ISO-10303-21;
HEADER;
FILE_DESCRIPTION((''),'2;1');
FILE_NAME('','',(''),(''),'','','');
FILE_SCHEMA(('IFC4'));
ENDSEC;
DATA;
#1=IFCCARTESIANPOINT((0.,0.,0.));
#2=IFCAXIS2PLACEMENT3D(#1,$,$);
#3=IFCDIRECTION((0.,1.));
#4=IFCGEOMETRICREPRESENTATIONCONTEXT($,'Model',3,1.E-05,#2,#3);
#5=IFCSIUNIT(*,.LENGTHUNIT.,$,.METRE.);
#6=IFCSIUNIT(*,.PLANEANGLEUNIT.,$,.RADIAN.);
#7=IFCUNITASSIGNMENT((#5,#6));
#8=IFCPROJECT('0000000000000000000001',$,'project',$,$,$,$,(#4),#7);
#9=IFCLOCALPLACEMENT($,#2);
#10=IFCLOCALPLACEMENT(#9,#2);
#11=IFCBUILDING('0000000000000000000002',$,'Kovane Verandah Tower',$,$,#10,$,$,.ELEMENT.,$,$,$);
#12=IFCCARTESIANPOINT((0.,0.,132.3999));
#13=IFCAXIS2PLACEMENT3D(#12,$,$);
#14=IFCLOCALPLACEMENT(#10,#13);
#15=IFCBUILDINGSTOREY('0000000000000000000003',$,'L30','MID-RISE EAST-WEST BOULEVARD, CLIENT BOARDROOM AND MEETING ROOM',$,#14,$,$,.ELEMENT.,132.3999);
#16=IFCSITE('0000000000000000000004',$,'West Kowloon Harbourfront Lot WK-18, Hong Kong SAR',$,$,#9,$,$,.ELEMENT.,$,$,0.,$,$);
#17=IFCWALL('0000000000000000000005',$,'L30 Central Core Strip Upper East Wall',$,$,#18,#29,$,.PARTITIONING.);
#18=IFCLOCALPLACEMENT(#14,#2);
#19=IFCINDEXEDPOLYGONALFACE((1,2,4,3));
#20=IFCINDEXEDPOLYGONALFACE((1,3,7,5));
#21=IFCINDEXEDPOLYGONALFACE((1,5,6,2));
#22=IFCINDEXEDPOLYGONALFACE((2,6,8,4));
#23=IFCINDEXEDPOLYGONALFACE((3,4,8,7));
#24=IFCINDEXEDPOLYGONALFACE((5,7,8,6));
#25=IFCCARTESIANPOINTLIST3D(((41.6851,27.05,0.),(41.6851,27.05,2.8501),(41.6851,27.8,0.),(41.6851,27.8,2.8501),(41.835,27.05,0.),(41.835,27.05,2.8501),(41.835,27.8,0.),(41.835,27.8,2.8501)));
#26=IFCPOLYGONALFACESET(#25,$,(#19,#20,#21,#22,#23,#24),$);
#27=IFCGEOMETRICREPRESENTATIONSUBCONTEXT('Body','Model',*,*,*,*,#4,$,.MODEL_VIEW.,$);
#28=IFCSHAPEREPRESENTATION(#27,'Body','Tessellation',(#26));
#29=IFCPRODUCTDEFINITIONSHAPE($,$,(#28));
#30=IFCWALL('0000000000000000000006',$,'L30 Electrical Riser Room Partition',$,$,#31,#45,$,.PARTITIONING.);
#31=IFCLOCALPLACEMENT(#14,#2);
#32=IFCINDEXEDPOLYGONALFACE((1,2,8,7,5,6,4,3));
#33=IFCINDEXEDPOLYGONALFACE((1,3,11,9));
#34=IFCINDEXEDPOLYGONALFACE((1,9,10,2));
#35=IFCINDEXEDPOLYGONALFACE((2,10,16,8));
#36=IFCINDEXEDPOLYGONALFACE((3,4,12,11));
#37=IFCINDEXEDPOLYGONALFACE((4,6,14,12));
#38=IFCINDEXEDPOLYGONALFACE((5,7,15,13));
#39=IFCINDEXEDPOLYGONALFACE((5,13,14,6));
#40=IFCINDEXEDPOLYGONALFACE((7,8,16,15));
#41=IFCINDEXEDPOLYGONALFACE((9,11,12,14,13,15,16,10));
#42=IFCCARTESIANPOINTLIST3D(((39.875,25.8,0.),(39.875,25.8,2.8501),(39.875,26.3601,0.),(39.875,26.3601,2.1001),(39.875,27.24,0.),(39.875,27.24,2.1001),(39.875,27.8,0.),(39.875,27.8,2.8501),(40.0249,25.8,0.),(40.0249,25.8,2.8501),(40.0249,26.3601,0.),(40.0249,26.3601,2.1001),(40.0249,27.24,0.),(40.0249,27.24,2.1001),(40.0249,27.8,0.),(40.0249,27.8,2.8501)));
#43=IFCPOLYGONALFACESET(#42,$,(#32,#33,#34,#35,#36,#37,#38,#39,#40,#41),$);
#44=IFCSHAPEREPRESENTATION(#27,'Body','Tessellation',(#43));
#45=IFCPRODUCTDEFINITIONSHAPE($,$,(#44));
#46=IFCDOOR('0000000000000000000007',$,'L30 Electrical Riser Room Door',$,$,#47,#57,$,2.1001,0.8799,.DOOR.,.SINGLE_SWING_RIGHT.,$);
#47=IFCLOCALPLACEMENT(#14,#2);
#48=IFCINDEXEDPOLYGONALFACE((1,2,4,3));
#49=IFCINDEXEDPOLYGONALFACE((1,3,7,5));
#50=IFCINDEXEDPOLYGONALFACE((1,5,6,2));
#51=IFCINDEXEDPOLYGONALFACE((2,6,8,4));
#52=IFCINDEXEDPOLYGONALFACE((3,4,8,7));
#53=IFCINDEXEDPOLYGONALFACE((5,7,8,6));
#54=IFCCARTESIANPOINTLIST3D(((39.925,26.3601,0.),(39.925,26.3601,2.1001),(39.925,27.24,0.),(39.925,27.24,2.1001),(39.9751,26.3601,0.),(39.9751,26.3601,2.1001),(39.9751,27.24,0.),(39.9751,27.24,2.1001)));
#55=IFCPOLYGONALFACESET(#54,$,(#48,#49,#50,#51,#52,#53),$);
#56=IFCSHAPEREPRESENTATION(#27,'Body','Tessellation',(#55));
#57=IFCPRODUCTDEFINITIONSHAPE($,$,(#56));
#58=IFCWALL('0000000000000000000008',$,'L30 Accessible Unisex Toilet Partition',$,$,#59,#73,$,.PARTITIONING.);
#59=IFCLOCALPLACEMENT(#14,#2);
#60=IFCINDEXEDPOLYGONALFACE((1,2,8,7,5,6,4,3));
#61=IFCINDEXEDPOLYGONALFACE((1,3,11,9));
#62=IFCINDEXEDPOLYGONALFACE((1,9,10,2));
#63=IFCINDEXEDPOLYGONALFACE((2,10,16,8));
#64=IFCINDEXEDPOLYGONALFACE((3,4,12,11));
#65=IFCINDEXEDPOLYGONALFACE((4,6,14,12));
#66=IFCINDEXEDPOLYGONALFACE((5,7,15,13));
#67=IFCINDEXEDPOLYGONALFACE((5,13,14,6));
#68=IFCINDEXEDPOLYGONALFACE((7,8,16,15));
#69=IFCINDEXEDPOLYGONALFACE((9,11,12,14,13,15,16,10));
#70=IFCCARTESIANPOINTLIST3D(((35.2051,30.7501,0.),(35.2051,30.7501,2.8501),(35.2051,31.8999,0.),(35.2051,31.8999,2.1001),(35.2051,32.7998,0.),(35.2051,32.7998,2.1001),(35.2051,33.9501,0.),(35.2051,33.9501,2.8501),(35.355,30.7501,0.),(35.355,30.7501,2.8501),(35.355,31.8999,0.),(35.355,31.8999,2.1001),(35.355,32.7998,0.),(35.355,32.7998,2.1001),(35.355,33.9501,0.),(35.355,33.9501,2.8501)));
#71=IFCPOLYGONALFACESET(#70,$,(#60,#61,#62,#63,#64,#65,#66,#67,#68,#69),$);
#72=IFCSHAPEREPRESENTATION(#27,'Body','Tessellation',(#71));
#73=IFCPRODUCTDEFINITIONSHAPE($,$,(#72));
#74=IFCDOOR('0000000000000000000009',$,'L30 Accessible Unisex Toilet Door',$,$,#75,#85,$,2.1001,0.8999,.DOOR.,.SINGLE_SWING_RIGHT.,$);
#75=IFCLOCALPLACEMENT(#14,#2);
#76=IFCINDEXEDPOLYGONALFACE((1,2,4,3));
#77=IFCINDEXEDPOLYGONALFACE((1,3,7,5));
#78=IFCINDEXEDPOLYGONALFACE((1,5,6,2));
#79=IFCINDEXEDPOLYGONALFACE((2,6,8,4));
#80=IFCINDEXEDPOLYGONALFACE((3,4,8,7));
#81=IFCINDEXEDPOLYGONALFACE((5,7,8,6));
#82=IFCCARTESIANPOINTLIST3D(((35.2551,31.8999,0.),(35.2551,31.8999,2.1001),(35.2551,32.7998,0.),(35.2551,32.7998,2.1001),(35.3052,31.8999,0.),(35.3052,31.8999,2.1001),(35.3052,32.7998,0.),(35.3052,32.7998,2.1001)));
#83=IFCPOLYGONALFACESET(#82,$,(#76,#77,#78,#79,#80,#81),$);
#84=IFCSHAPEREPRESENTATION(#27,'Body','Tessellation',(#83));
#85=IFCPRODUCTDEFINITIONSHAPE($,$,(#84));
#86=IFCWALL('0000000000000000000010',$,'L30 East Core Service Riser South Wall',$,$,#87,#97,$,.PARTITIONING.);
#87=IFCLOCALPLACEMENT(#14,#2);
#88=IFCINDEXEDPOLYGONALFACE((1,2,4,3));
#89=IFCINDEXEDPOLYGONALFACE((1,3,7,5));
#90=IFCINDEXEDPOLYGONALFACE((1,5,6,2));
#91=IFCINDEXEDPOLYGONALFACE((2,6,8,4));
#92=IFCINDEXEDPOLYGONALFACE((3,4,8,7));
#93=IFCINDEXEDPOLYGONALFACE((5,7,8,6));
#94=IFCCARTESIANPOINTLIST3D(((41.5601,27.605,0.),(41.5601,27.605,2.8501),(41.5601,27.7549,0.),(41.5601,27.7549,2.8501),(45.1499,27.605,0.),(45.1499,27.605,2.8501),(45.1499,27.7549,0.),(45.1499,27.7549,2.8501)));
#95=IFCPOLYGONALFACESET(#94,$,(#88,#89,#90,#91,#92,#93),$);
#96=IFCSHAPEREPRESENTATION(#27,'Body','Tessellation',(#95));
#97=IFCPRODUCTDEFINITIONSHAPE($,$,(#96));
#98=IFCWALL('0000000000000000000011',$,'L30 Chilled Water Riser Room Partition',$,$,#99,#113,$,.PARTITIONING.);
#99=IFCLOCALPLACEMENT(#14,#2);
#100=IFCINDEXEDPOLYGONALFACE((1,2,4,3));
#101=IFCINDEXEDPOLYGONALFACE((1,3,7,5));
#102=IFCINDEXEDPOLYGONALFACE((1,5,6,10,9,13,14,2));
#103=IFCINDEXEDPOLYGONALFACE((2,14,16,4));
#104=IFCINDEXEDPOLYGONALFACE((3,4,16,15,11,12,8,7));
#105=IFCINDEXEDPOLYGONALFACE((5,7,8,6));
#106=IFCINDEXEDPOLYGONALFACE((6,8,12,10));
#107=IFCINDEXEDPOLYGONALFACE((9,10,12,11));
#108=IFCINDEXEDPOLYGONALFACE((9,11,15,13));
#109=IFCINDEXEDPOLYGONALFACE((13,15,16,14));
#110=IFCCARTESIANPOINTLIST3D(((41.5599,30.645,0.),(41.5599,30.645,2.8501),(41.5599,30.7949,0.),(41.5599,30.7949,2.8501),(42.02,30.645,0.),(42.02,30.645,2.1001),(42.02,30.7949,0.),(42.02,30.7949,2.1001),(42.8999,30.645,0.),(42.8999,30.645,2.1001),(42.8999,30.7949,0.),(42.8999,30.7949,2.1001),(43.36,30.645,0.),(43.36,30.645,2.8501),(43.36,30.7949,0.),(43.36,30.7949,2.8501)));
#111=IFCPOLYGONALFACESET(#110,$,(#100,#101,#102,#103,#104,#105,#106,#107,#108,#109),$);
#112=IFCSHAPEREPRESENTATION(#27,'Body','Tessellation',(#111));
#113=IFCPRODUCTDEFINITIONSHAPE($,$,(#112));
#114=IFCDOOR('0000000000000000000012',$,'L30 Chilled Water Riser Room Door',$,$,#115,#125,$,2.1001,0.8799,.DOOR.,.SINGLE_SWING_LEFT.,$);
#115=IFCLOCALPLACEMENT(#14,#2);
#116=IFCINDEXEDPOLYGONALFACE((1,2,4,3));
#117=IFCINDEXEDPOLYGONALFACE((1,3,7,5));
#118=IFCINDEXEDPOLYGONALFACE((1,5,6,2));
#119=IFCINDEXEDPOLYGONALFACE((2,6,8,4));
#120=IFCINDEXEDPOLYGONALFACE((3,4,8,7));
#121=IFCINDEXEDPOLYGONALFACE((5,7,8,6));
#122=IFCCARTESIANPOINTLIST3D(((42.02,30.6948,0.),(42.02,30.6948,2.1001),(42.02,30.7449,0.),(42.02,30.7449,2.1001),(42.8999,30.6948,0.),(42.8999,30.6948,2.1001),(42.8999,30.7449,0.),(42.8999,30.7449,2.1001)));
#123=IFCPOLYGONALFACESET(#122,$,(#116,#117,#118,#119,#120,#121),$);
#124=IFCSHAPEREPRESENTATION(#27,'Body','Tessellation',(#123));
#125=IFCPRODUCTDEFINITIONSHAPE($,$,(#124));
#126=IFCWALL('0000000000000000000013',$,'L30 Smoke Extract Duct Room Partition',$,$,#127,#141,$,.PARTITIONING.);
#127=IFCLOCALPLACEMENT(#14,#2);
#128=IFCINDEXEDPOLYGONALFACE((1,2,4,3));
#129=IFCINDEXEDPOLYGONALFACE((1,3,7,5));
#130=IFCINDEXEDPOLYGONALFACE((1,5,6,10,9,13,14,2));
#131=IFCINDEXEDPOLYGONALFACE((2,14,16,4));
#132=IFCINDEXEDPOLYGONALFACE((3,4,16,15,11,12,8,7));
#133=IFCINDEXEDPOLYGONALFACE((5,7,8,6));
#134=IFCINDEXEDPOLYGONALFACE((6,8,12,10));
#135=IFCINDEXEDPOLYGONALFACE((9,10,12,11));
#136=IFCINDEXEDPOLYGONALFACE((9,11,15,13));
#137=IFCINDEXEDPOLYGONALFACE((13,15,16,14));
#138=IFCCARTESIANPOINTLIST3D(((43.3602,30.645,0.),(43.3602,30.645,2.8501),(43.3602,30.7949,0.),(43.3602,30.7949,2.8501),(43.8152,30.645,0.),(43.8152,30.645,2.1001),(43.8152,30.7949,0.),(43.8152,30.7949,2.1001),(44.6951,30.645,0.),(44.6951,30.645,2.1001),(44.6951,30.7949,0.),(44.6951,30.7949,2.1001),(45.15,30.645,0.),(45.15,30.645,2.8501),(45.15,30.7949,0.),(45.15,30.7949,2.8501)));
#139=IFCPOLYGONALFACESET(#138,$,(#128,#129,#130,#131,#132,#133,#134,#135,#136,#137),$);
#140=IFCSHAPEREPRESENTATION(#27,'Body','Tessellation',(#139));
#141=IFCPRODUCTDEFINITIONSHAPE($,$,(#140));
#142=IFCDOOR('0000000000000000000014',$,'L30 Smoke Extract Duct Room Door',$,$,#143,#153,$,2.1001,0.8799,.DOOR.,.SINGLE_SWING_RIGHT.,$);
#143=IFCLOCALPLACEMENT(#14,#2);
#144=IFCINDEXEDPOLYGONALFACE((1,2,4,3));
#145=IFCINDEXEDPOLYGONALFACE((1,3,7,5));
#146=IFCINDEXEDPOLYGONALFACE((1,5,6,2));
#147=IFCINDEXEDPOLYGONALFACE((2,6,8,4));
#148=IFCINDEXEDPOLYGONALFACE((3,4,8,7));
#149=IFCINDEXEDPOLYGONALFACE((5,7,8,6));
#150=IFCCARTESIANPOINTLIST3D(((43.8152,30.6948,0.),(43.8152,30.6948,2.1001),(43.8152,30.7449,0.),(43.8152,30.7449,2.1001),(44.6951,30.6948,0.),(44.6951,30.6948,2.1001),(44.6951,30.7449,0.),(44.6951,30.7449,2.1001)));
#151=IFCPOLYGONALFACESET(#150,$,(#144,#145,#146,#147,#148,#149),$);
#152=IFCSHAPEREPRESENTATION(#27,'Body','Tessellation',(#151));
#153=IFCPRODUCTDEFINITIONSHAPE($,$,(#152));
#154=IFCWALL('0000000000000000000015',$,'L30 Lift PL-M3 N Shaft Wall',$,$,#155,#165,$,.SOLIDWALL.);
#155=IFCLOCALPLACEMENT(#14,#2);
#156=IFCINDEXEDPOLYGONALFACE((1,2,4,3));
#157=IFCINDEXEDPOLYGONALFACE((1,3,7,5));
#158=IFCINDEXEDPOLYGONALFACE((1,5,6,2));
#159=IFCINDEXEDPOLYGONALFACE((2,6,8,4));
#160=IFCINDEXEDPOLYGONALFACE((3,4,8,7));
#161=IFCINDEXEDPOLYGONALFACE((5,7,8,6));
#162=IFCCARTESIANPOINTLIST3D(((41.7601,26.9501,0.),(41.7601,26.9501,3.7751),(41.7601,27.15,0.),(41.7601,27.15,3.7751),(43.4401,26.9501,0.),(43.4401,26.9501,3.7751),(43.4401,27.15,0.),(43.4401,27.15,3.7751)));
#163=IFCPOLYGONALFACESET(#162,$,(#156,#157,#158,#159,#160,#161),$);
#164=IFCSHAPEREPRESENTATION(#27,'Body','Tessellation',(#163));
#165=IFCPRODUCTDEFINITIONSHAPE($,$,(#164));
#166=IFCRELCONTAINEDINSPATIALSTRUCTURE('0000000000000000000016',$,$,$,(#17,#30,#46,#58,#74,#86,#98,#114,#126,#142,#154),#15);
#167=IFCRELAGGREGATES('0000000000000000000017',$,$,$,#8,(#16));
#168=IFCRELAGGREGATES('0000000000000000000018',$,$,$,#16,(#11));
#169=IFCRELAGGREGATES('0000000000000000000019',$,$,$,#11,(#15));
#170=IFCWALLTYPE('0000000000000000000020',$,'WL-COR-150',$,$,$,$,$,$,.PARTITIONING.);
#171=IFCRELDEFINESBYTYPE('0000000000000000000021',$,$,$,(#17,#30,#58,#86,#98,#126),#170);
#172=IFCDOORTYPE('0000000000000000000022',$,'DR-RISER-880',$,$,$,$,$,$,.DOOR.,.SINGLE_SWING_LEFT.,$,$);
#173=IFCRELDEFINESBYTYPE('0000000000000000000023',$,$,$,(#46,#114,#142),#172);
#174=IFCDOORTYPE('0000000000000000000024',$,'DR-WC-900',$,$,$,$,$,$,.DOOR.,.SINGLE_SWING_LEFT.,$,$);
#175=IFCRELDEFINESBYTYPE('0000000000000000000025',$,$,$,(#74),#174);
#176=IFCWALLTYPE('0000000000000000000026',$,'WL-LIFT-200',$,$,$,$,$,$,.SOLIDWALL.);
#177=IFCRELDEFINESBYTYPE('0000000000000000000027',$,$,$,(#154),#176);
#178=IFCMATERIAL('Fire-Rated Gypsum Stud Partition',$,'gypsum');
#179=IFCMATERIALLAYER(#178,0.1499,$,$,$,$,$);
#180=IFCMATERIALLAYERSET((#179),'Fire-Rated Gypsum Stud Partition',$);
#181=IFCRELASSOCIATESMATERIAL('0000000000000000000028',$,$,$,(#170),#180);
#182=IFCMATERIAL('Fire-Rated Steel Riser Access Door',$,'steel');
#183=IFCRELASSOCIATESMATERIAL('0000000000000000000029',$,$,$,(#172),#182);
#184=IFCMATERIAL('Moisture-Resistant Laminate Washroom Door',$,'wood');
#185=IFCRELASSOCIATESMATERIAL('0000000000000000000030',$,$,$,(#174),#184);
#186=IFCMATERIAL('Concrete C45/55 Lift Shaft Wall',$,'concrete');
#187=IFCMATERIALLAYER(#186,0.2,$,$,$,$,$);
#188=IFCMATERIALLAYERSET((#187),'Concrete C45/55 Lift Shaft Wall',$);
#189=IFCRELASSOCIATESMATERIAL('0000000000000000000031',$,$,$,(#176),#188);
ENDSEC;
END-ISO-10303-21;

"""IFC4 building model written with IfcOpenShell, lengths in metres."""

from ifc_helpers import new_model, si_unit, direction, frame, frame_2d, origin, place, context, subcontext, project, spatial, rectangle, extrude, material, layer, layer_set, type_object, element, fill, save


model = new_model("IFC4")

# Units and contexts
model_context = context("Model", 3, precision=1e-05, world=origin(), true_north=direction((0.0, 1.0)))
body_context = subcontext(model_context, "Body", "Model", "MODEL_VIEW")
ifc_project = project(units=[si_unit("LENGTHUNIT", "METRE"), si_unit("PLANEANGLEUNIT", "RADIAN")], contexts=[model_context])

# Site, building, storey
site_placement = place(None, origin())
site = spatial("IfcSite", under=ifc_project, at=site_placement, Name="West Kowloon Harbourfront Lot WK-18, Hong Kong SAR", CompositionType="ELEMENT", RefElevation=0.0)
building_placement = place(site_placement, origin())
building = spatial("IfcBuilding", under=site, at=building_placement, Name="Kovane Verandah Tower", CompositionType="ELEMENT")
storey_placement = place(building_placement, frame((0.0, 0.0, 132.3999)))
storey = spatial("IfcBuildingStorey", under=building, at=storey_placement, Name="L30", Description="MID-RISE EAST-WEST BOULEVARD, CLIENT BOARDROOM AND MEETING ROOM", CompositionType="ELEMENT", Elevation=132.3999)

# Wall
ifc_material_1 = material(Name="Fire-Rated Gypsum Stud Partition", Category="gypsum")
ifc_layer_1 = layer(ifc_material_1, 0.1499)
ifc_layer_set_1 = layer_set([ifc_layer_1], Name="Fire-Rated Gypsum Stud Partition")
wall_type_1 = type_object("IfcWallType", Name="WL-COR-150", PredefinedType="PARTITIONING", material=ifc_layer_set_1)
wall_1_placement = place(storey_placement, frame((41.76, 27.05, 0.0), z_axis=(0.0, 0.0, 1.0), x_axis=(0.0, 1.0, 0.0)))
element("IfcWall", 1, at=wall_1_placement, inside=storey, type_object=wall_type_1, Name="L30 Central Core Strip Upper East Wall", PredefinedType="PARTITIONING", context=body_context, shape_type="SweptSolid", body=[
    extrude(rectangle(XDim=0.75, YDim=0.1499, at=frame_2d((0.375, 0.0))), origin(), (0.0, 0.0, 1.0), 2.8501),
])

# Walls, openings, doors
wall_2_placement = place(storey_placement, frame((39.95, 25.8, 0.0), z_axis=(0.0, 0.0, 1.0), x_axis=(0.0, 1.0, 0.0)))
wall_2 = element("IfcWall", 2, at=wall_2_placement, inside=storey, type_object=wall_type_1, Name="L30 Electrical Riser Room Partition", PredefinedType="PARTITIONING", context=body_context, shape_type="SweptSolid", body=[
    extrude(rectangle(XDim=2.0, YDim=0.1499, at=frame_2d((1.0, 0.0))), origin(), (0.0, 0.0, 1.0), 2.8501),
])
opening_1_placement = place(wall_2_placement, frame((0.5601, 0.0, 0.0)))
opening_1 = element("IfcOpeningElement", 3, at=opening_1_placement, cuts=wall_2, PredefinedType="OPENING", context=body_context, shape_type="SweptSolid", body=[
    extrude(rectangle(XDim=0.8799, YDim=2.1001, at=frame_2d((0.4399, 1.05))), frame((0.0, 0.075, 0.0), z_axis=(0.0, -1.0, 0.0), x_axis=(1.0, 0.0, 0.0)), (0.0, 0.0, 1.0), 0.1499),
])
ifc_material_2 = material(Name="Fire-Rated Steel Riser Access Door", Category="steel")
door_type_1 = type_object("IfcDoorType", Name="DR-RISER-880", OperationType="SINGLE_SWING_LEFT", PredefinedType="DOOR", material=ifc_material_2)
door_1_placement = place(opening_1_placement, origin())
door_1 = element("IfcDoor", 4, at=door_1_placement, inside=storey, type_object=door_type_1, Name="L30 Electrical Riser Room Door", OperationType="SINGLE_SWING_RIGHT", OverallHeight=2.1001, OverallWidth=0.8799, PredefinedType="DOOR", context=body_context, shape_type="SweptSolid", body=[
    extrude(rectangle(XDim=0.8799, YDim=2.1001, at=frame_2d((0.4399, 1.05))), frame((0.0, 0.0249, 0.0), z_axis=(0.0, -1.0, 0.0), x_axis=(1.0, 0.0, 0.0)), (0.0, 0.0, 1.0), 0.05),
])
fill(opening_1, door_1)
wall_3_placement = place(storey_placement, frame((35.28, 30.75, 0.0), z_axis=(0.0, 0.0, 1.0), x_axis=(0.0, 1.0, 0.0)))
wall_3 = element("IfcWall", 5, at=wall_3_placement, inside=storey, type_object=wall_type_1, Name="L30 Accessible Unisex Toilet Partition", PredefinedType="PARTITIONING", context=body_context, shape_type="SweptSolid", body=[
    extrude(rectangle(XDim=3.2, YDim=0.1499, at=frame_2d((1.6001, 0.0))), origin(), (0.0, 0.0, 1.0), 2.8501),
])
opening_2_placement = place(wall_3_placement, frame((1.1499, 0.0, 0.0)))
opening_2 = element("IfcOpeningElement", 6, at=opening_2_placement, cuts=wall_3, PredefinedType="OPENING", context=body_context, shape_type="SweptSolid", body=[
    extrude(rectangle(XDim=0.8999, YDim=2.1001, at=frame_2d((0.45, 1.05))), frame((0.0, 0.075, 0.0), z_axis=(0.0, -1.0, 0.0), x_axis=(1.0, 0.0, 0.0)), (0.0, 0.0, 1.0), 0.1499),
])
ifc_material_3 = material(Name="Moisture-Resistant Laminate Washroom Door", Category="wood")
door_type_2 = type_object("IfcDoorType", Name="DR-WC-900", OperationType="SINGLE_SWING_LEFT", PredefinedType="DOOR", material=ifc_material_3)
door_2_placement = place(opening_2_placement, origin())
door_2 = element("IfcDoor", 7, at=door_2_placement, inside=storey, type_object=door_type_2, Name="L30 Accessible Unisex Toilet Door", OperationType="SINGLE_SWING_RIGHT", OverallHeight=2.1001, OverallWidth=0.8999, PredefinedType="DOOR", context=body_context, shape_type="SweptSolid", body=[
    extrude(rectangle(XDim=0.8999, YDim=2.1001, at=frame_2d((0.45, 1.05))), frame((0.0, 0.0249, 0.0), z_axis=(0.0, -1.0, 0.0), x_axis=(1.0, 0.0, 0.0)), (0.0, 0.0, 1.0), 0.05),
])
fill(opening_2, door_2)

# Wall
wall_4_placement = place(storey_placement, frame((41.5601, 27.6799, 0.0), z_axis=(0.0, 0.0, 1.0), x_axis=(1.0, 0.0, 0.0)))
element("IfcWall", 8, at=wall_4_placement, inside=storey, type_object=wall_type_1, Name="L30 East Core Service Riser South Wall", PredefinedType="PARTITIONING", context=body_context, shape_type="SweptSolid", body=[
    extrude(rectangle(XDim=3.5898, YDim=0.1499, at=frame_2d((1.7949, 0.0))), origin(), (0.0, 0.0, 1.0), 2.8501),
])

# Walls, openings, doors
wall_5_placement = place(storey_placement, frame((41.5601, 30.72, 0.0), z_axis=(0.0, 0.0, 1.0), x_axis=(1.0, 0.0, 0.0)))
wall_5 = element("IfcWall", 9, at=wall_5_placement, inside=storey, type_object=wall_type_1, Name="L30 Chilled Water Riser Room Partition", PredefinedType="PARTITIONING", context=body_context, shape_type="SweptSolid", body=[
    extrude(rectangle(XDim=1.8, YDim=0.1499, at=frame_2d((0.8999, 0.0))), origin(), (0.0, 0.0, 1.0), 2.8501),
])
opening_3_placement = place(wall_5_placement, frame((0.46, 0.0, 0.0)))
opening_3 = element("IfcOpeningElement", 10, at=opening_3_placement, cuts=wall_5, PredefinedType="OPENING", context=body_context, shape_type="SweptSolid", body=[
    extrude(rectangle(XDim=0.8799, YDim=2.1001, at=frame_2d((0.4399, 1.05))), frame((0.0, 0.075, 0.0), z_axis=(0.0, -1.0, 0.0), x_axis=(1.0, 0.0, 0.0)), (0.0, 0.0, 1.0), 0.1499),
])
door_3_placement = place(opening_3_placement, origin())
door_3 = element("IfcDoor", 11, at=door_3_placement, inside=storey, type_object=door_type_1, Name="L30 Chilled Water Riser Room Door", OperationType="SINGLE_SWING_LEFT", OverallHeight=2.1001, OverallWidth=0.8799, PredefinedType="DOOR", context=body_context, shape_type="SweptSolid", body=[
    extrude(rectangle(XDim=0.8799, YDim=2.1001, at=frame_2d((0.4399, 1.05))), frame((0.0, 0.0249, 0.0), z_axis=(0.0, -1.0, 0.0), x_axis=(1.0, 0.0, 0.0)), (0.0, 0.0, 1.0), 0.05),
])
fill(opening_3, door_3)
wall_6_placement = place(storey_placement, frame((43.3601, 30.72, 0.0), z_axis=(0.0, 0.0, 1.0), x_axis=(1.0, 0.0, 0.0)))
wall_6 = element("IfcWall", 12, at=wall_6_placement, inside=storey, type_object=wall_type_1, Name="L30 Smoke Extract Duct Room Partition", PredefinedType="PARTITIONING", context=body_context, shape_type="SweptSolid", body=[
    extrude(rectangle(XDim=1.7898, YDim=0.1499, at=frame_2d((0.895, 0.0))), origin(), (0.0, 0.0, 1.0), 2.8501),
])
opening_4_placement = place(wall_6_placement, frame((0.4551, 0.0, 0.0)))
opening_4 = element("IfcOpeningElement", 13, at=opening_4_placement, cuts=wall_6, PredefinedType="OPENING", context=body_context, shape_type="SweptSolid", body=[
    extrude(rectangle(XDim=0.8799, YDim=2.1001, at=frame_2d((0.4399, 1.05))), frame((0.0, 0.075, 0.0), z_axis=(0.0, -1.0, 0.0), x_axis=(1.0, 0.0, 0.0)), (0.0, 0.0, 1.0), 0.1499),
])
door_4_placement = place(opening_4_placement, origin())
door_4 = element("IfcDoor", 14, at=door_4_placement, inside=storey, type_object=door_type_1, Name="L30 Smoke Extract Duct Room Door", OperationType="SINGLE_SWING_RIGHT", OverallHeight=2.1001, OverallWidth=0.8799, PredefinedType="DOOR", context=body_context, shape_type="SweptSolid", body=[
    extrude(rectangle(XDim=0.8799, YDim=2.1001, at=frame_2d((0.4399, 1.05))), frame((0.0, 0.0249, 0.0), z_axis=(0.0, -1.0, 0.0), x_axis=(1.0, 0.0, 0.0)), (0.0, 0.0, 1.0), 0.05),
])
fill(opening_4, door_4)
ifc_material_4 = material(Name="Concrete C45/55 Lift Shaft Wall", Category="concrete")
ifc_layer_2 = layer(ifc_material_4, 0.2)
ifc_layer_set_2 = layer_set([ifc_layer_2], Name="Concrete C45/55 Lift Shaft Wall")
wall_type_2 = type_object("IfcWallType", Name="WL-LIFT-200", PredefinedType="SOLIDWALL", material=ifc_layer_set_2)

# Wall
wall_7_placement = place(storey_placement, frame((43.4399, 27.05, 0.0), z_axis=(0.0, 0.0, 1.0), x_axis=(-1.0, 0.0, 0.0)))
element("IfcWall", 15, at=wall_7_placement, inside=storey, type_object=wall_type_2, Name="L30 Lift PL-M3 N Shaft Wall", PredefinedType="SOLIDWALL", context=body_context, shape_type="SweptSolid", body=[
    extrude(rectangle(XDim=1.6799, YDim=0.2, at=frame_2d((0.8398, 0.0))), origin(), (0.0, 0.0, 1.0), 3.7751),
])

save(model, "model.ifc")
